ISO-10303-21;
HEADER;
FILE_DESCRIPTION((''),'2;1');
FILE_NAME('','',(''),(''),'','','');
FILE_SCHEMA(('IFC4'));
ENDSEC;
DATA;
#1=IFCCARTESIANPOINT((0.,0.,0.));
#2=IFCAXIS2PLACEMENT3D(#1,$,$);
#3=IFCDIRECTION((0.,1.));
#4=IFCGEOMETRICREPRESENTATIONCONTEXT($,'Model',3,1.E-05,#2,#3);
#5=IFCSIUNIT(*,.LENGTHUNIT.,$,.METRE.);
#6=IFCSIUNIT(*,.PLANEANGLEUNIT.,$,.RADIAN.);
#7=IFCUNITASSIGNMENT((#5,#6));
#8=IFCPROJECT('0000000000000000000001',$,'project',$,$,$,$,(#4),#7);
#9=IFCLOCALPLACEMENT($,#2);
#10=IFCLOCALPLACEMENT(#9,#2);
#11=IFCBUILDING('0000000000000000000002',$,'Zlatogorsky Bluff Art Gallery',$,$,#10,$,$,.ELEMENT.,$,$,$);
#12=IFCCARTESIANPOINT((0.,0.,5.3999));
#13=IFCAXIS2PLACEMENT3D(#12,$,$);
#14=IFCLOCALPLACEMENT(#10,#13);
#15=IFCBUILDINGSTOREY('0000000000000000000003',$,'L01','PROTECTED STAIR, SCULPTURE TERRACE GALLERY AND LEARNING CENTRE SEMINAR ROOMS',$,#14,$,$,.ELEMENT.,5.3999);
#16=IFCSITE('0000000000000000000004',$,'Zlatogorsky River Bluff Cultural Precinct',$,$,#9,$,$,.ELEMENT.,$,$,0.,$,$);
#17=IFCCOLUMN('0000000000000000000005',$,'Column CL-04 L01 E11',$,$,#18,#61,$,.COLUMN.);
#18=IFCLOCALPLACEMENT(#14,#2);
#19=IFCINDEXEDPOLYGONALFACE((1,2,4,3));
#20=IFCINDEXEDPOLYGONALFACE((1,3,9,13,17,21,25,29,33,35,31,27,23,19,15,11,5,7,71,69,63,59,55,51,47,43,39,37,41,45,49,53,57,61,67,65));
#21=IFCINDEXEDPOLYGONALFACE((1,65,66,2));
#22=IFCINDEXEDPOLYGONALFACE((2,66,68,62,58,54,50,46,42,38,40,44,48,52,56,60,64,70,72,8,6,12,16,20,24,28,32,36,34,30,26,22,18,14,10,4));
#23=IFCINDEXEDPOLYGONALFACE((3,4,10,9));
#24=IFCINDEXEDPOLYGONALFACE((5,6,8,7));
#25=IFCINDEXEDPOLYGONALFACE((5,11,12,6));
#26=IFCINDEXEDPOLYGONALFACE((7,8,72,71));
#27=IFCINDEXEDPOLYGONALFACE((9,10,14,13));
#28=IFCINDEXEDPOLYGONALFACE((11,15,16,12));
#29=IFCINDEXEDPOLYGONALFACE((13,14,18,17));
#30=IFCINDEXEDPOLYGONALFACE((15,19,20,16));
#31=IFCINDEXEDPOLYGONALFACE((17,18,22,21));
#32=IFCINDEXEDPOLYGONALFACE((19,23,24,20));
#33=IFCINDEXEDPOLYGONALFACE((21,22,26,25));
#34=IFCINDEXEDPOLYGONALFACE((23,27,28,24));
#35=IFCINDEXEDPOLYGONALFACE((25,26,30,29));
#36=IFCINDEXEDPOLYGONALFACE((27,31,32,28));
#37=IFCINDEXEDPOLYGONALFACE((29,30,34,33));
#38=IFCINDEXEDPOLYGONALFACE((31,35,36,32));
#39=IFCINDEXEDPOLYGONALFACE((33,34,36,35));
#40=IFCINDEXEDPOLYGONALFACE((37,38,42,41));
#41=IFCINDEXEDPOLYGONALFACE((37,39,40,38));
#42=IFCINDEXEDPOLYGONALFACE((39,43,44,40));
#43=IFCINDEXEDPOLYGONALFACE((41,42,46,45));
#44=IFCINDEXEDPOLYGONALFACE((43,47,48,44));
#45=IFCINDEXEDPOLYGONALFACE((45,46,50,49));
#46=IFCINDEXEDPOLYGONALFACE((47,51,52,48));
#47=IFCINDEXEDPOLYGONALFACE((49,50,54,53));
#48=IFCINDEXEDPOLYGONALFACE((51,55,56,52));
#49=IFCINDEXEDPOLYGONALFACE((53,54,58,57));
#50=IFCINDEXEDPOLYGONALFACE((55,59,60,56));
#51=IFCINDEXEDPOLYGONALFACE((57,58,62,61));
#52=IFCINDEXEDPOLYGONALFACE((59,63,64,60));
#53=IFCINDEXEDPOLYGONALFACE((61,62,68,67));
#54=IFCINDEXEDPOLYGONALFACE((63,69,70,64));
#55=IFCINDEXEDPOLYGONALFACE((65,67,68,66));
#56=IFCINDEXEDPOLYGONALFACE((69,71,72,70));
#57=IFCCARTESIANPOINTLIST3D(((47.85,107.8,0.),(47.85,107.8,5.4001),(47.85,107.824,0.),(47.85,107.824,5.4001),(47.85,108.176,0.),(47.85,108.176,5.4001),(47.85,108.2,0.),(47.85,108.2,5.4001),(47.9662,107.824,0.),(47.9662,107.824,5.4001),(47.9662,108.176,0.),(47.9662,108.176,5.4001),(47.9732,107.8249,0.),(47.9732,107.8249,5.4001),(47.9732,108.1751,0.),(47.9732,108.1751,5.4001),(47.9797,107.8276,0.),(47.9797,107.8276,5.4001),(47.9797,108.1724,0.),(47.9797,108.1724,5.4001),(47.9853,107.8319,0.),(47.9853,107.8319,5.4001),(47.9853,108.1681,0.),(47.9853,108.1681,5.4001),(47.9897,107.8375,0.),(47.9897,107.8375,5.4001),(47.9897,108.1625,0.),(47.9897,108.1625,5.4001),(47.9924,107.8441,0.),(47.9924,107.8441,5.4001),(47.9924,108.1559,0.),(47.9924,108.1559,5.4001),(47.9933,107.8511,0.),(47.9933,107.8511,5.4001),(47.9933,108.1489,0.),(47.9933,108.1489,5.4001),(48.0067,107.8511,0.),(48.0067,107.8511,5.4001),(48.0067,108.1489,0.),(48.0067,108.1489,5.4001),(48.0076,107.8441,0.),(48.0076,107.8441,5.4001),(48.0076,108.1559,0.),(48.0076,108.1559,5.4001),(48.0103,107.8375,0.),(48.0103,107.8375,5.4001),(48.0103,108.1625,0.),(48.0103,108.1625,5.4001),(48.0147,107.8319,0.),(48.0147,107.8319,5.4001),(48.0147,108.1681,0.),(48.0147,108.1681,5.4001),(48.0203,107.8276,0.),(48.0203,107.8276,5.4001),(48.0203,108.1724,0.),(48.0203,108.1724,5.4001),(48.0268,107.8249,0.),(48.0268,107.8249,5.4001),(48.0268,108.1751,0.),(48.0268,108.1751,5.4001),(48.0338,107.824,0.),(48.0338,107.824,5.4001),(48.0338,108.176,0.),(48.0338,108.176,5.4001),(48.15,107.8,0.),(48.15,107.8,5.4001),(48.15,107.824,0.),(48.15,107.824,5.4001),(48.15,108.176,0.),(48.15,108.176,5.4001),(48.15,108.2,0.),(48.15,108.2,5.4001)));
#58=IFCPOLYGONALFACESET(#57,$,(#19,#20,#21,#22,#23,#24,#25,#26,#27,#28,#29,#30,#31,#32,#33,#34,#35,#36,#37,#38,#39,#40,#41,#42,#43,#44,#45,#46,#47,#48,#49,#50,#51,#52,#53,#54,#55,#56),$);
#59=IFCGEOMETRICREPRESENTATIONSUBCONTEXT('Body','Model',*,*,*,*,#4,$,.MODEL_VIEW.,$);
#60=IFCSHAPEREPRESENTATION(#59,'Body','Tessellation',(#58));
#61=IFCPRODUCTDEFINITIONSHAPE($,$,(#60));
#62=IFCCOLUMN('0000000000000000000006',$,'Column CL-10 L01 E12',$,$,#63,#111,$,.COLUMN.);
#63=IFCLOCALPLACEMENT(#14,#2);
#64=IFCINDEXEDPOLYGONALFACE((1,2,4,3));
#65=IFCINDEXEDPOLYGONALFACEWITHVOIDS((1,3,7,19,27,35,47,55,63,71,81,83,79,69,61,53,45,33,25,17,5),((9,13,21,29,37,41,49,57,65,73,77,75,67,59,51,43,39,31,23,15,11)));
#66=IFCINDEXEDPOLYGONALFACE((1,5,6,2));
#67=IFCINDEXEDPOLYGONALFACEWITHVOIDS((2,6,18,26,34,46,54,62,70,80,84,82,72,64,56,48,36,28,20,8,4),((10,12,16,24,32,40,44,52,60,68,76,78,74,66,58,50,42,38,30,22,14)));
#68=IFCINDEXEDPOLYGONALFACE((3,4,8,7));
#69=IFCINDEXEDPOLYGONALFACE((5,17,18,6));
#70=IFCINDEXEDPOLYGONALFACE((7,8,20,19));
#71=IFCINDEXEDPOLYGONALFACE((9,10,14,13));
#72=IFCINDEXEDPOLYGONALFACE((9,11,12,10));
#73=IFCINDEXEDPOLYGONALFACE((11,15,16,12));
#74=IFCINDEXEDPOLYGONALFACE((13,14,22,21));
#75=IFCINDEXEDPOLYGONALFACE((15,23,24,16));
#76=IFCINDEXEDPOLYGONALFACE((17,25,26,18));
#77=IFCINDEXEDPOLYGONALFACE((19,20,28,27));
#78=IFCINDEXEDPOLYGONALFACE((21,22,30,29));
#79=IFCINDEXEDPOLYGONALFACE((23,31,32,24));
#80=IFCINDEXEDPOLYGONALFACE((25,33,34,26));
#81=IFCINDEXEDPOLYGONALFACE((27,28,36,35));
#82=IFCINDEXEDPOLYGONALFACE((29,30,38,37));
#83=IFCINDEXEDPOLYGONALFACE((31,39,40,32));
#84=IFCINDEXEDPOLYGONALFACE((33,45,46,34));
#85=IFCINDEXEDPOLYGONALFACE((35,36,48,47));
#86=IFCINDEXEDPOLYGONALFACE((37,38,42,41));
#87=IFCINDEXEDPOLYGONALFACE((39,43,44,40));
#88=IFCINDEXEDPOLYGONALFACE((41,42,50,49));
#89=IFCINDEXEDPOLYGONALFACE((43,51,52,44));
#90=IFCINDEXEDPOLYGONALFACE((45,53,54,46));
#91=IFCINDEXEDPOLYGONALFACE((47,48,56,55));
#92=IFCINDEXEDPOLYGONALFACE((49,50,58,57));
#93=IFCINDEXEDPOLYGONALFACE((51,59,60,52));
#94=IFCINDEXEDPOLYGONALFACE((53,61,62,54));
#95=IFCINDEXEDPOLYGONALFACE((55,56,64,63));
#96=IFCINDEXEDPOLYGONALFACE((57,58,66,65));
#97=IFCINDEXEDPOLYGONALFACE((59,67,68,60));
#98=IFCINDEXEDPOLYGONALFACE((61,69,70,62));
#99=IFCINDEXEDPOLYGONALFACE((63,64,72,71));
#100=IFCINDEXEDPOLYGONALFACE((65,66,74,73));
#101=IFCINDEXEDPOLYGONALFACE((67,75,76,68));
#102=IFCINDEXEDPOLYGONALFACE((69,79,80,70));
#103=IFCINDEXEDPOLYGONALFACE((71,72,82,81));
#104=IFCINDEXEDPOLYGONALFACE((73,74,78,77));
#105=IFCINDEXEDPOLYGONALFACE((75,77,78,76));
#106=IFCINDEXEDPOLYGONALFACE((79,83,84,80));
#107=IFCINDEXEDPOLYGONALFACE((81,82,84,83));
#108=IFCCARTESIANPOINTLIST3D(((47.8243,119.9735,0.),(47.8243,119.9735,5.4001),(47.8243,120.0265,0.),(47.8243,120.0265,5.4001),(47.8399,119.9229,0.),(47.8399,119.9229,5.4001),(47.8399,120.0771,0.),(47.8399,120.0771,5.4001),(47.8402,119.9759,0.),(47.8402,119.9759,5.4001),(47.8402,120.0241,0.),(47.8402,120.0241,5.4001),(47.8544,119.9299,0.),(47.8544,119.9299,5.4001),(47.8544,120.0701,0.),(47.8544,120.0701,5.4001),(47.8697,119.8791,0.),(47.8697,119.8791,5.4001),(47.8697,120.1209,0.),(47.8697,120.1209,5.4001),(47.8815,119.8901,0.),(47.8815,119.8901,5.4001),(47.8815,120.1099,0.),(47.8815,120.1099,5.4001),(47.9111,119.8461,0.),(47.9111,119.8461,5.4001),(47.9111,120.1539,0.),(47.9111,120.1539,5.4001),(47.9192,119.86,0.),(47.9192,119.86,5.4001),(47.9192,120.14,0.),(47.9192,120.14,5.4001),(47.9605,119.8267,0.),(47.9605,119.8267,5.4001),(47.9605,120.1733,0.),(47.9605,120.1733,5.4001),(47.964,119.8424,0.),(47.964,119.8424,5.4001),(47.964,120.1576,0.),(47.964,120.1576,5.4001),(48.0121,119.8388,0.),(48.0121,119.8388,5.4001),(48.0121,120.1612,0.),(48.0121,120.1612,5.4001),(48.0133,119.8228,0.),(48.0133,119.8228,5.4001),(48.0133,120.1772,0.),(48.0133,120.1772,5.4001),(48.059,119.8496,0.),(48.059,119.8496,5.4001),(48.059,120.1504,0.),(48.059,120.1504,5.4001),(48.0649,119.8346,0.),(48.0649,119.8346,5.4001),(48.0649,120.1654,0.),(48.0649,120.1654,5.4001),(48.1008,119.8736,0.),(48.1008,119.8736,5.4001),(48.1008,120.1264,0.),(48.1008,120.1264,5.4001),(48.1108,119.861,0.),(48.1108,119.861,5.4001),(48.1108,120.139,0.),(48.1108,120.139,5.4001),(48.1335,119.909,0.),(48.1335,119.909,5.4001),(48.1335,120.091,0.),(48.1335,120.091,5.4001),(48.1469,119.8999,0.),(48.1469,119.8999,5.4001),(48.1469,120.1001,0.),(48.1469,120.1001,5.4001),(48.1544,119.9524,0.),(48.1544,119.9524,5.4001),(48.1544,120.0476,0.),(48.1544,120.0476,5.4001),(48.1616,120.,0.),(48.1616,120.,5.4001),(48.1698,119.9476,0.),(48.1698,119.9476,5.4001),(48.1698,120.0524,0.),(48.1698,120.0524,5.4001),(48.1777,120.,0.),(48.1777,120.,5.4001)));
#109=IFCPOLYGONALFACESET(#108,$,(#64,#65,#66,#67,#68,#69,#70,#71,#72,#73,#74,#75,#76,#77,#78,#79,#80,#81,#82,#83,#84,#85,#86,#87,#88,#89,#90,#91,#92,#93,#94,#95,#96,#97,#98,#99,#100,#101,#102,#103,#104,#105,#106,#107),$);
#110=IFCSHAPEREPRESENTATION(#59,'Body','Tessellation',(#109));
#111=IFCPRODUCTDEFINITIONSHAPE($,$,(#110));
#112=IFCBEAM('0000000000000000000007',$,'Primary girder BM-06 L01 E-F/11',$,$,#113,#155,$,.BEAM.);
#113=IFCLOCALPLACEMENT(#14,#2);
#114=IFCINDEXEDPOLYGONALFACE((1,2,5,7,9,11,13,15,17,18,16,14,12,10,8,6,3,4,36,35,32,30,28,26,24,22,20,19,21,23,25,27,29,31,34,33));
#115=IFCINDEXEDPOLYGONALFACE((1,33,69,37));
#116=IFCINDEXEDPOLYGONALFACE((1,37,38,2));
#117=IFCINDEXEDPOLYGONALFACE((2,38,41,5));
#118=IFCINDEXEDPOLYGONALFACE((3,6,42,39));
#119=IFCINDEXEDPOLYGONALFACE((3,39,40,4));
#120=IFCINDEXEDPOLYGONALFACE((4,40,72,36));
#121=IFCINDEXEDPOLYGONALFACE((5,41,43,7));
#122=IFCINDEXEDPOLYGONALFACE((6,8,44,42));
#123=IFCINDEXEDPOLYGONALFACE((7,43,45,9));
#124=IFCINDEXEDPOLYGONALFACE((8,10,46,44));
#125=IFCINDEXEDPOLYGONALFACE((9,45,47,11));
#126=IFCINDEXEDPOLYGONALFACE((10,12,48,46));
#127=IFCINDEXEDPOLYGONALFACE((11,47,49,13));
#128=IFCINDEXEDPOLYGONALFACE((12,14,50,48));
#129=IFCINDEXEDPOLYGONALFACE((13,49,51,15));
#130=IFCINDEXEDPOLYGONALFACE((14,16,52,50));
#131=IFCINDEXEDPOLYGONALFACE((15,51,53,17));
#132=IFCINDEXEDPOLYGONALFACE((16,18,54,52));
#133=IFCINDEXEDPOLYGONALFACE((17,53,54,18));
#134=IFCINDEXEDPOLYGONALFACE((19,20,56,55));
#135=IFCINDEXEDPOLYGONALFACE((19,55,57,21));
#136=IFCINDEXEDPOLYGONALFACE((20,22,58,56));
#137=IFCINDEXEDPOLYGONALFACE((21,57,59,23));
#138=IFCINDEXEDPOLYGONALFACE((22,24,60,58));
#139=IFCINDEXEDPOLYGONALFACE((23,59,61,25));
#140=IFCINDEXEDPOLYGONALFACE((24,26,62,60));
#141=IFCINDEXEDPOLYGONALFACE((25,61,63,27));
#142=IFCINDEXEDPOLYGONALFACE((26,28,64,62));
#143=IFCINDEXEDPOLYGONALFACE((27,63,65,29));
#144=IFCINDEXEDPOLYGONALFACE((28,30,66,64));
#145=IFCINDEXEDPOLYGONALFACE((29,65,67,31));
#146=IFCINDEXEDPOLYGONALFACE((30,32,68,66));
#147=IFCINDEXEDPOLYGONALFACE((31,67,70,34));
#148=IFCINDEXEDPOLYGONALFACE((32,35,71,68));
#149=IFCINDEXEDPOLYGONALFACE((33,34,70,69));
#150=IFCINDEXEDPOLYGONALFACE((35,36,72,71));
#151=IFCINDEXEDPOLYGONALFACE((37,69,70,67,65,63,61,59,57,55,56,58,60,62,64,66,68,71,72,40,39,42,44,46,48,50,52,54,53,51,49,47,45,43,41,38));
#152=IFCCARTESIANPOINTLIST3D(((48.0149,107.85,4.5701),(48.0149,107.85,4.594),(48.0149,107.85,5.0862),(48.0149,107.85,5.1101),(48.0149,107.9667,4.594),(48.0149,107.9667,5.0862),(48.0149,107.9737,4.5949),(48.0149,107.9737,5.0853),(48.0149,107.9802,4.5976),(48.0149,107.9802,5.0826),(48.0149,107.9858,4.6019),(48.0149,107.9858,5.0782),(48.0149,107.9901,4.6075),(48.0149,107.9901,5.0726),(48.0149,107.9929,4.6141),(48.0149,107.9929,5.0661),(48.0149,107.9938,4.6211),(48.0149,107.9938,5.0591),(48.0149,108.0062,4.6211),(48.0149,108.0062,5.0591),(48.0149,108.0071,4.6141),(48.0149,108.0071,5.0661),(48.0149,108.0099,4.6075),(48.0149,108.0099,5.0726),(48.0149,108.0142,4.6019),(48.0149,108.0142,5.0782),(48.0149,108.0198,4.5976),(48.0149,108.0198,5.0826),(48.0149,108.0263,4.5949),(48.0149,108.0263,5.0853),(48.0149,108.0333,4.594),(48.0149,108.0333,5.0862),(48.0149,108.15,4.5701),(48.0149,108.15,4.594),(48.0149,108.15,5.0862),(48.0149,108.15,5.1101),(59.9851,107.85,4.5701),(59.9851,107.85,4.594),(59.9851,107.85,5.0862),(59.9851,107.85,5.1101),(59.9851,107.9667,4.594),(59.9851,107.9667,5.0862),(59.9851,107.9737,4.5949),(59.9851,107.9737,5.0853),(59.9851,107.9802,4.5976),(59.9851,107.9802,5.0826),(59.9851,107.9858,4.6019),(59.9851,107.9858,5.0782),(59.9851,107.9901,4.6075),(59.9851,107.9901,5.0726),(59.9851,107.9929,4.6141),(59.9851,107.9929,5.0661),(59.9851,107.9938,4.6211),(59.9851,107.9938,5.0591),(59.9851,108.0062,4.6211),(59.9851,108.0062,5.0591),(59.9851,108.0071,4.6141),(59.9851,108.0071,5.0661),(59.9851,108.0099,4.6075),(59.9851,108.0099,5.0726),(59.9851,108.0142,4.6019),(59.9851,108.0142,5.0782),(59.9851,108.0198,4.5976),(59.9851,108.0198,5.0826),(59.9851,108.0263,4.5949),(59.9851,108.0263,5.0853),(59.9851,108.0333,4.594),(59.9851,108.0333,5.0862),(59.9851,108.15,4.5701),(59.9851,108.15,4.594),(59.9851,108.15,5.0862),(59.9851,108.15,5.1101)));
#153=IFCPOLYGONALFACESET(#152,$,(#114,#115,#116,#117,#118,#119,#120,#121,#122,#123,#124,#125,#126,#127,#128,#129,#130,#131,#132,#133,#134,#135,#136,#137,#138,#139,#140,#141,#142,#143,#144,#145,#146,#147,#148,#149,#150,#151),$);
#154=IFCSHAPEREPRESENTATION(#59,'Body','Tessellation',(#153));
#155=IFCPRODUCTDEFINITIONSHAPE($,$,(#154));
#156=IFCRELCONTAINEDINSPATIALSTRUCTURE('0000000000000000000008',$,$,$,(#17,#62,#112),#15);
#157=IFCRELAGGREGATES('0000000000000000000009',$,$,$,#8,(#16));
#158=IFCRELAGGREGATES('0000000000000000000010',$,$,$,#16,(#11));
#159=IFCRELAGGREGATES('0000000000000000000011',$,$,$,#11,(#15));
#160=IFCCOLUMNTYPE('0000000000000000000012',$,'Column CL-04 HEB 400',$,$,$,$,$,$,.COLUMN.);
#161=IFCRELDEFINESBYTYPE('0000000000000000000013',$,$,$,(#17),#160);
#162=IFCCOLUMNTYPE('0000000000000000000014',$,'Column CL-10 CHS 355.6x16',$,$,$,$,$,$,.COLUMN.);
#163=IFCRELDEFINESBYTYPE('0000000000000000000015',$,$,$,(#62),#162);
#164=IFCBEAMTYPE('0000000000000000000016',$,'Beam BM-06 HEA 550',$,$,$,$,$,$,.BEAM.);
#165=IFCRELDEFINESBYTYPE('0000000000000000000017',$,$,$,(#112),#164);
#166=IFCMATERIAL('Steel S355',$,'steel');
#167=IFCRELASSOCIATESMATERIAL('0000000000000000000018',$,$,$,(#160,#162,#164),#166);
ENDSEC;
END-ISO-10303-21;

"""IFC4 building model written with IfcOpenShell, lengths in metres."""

from ifc_helpers import new_model, si_unit, direction, frame, origin, origin_2d, place, context, subcontext, project, spatial, hollow_circle, i_section, extrude, material, material_profile, profile_set, type_object, element, save


model = new_model("IFC4")

# Units and contexts
model_context = context("Model", 3, precision=1e-05, world=origin(), true_north=direction((0.0, 1.0)))
body_context = subcontext(model_context, "Body", "Model", "MODEL_VIEW")
ifc_project = project(units=[si_unit("LENGTHUNIT", "METRE"), si_unit("PLANEANGLEUNIT", "RADIAN")], contexts=[model_context])

# Site, building, storey
site_placement = place(None, origin())
site = spatial("IfcSite", under=ifc_project, at=site_placement, Name="Zlatogorsky River Bluff Cultural Precinct", CompositionType="ELEMENT", RefElevation=0.0)
building_placement = place(site_placement, origin())
building = spatial("IfcBuilding", under=site, at=building_placement, Name="Zlatogorsky Bluff Art Gallery", CompositionType="ELEMENT")
storey_placement = place(building_placement, frame((0.0, 0.0, 5.3999)))
storey = spatial("IfcBuildingStorey", under=building, at=storey_placement, Name="L01", Description="PROTECTED STAIR, SCULPTURE TERRACE GALLERY AND LEARNING CENTRE SEMINAR ROOMS", CompositionType="ELEMENT", Elevation=5.3999)

# Columns
ifc_material_1 = material(Name="Steel S355", Category="steel")
ifc_material_profile_1 = material_profile(ifc_material_1, i_section(OverallWidth=0.3, OverallDepth=0.3999, WebThickness=0.0134, FlangeThickness=0.0239, FilletRadius=0.0271, at=origin_2d()), Name="HEB 400")
ifc_profile_set_1 = profile_set([ifc_material_profile_1], Name="Steel S355")
column_type_1 = type_object("IfcColumnType", Name="Column CL-04 HEB 400", PredefinedType="COLUMN", material=ifc_profile_set_1)
column_1_placement = place(storey_placement, frame((48.0, 108.0, 0.0), z_axis=(0.0, 0.0, 1.0), x_axis=(1.0, 0.0, 0.0)))
element("IfcColumn", 1, at=column_1_placement, inside=storey, type_object=column_type_1, Name="Column CL-04 L01 E11", PredefinedType="COLUMN", context=body_context, shape_type="SweptSolid", body=[
    extrude(i_section(OverallWidth=0.3, OverallDepth=0.3999, WebThickness=0.0134, FlangeThickness=0.0239, FilletRadius=0.0271, at=origin_2d()), origin(), (0.0, 0.0, 1.0), 5.4001),
])
ifc_material_profile_2 = material_profile(ifc_material_1, hollow_circle(Radius=0.1777, WallThickness=0.0161, at=origin_2d()), Name="CHS 355.6x16")
ifc_profile_set_2 = profile_set([ifc_material_profile_2], Name="Steel S355")
column_type_2 = type_object("IfcColumnType", Name="Column CL-10 CHS 355.6x16", PredefinedType="COLUMN", material=ifc_profile_set_2)
column_2_placement = place(storey_placement, frame((48.0, 120.0, 0.0), z_axis=(0.0, 0.0, 1.0), x_axis=(1.0, 0.0, 0.0)))
element("IfcColumn", 2, at=column_2_placement, inside=storey, type_object=column_type_2, Name="Column CL-10 L01 E12", PredefinedType="COLUMN", context=body_context, shape_type="SweptSolid", body=[
    extrude(hollow_circle(Radius=0.1777, WallThickness=0.0161, at=origin_2d()), origin(), (0.0, 0.0, 1.0), 5.4001),
])

# Beam
ifc_material_profile_3 = material_profile(ifc_material_1, i_section(OverallWidth=0.3, OverallDepth=0.54, WebThickness=0.0125, FlangeThickness=0.0239, FilletRadius=0.0271, at=origin_2d()), Name="HEA 550")
ifc_profile_set_3 = profile_set([ifc_material_profile_3], Name="Steel S355")
beam_type_1 = type_object("IfcBeamType", Name="Beam BM-06 HEA 550", PredefinedType="BEAM", material=ifc_profile_set_3)
beam_1_placement = place(storey_placement, frame((48.0149, 108.0, 4.8401), z_axis=(1.0, 0.0, 0.0), x_axis=(0.0, 1.0, 0.0)))
element("IfcBeam", 3, at=beam_1_placement, inside=storey, type_object=beam_type_1, Name="Primary girder BM-06 L01 E-F/11", PredefinedType="BEAM", context=body_context, shape_type="SweptSolid", body=[
    extrude(i_section(OverallWidth=0.3, OverallDepth=0.54, WebThickness=0.0125, FlangeThickness=0.0239, FilletRadius=0.0271, at=origin_2d()), origin(), (0.0, 0.0, 1.0), 11.9702),
])

save(model, "model.ifc")
